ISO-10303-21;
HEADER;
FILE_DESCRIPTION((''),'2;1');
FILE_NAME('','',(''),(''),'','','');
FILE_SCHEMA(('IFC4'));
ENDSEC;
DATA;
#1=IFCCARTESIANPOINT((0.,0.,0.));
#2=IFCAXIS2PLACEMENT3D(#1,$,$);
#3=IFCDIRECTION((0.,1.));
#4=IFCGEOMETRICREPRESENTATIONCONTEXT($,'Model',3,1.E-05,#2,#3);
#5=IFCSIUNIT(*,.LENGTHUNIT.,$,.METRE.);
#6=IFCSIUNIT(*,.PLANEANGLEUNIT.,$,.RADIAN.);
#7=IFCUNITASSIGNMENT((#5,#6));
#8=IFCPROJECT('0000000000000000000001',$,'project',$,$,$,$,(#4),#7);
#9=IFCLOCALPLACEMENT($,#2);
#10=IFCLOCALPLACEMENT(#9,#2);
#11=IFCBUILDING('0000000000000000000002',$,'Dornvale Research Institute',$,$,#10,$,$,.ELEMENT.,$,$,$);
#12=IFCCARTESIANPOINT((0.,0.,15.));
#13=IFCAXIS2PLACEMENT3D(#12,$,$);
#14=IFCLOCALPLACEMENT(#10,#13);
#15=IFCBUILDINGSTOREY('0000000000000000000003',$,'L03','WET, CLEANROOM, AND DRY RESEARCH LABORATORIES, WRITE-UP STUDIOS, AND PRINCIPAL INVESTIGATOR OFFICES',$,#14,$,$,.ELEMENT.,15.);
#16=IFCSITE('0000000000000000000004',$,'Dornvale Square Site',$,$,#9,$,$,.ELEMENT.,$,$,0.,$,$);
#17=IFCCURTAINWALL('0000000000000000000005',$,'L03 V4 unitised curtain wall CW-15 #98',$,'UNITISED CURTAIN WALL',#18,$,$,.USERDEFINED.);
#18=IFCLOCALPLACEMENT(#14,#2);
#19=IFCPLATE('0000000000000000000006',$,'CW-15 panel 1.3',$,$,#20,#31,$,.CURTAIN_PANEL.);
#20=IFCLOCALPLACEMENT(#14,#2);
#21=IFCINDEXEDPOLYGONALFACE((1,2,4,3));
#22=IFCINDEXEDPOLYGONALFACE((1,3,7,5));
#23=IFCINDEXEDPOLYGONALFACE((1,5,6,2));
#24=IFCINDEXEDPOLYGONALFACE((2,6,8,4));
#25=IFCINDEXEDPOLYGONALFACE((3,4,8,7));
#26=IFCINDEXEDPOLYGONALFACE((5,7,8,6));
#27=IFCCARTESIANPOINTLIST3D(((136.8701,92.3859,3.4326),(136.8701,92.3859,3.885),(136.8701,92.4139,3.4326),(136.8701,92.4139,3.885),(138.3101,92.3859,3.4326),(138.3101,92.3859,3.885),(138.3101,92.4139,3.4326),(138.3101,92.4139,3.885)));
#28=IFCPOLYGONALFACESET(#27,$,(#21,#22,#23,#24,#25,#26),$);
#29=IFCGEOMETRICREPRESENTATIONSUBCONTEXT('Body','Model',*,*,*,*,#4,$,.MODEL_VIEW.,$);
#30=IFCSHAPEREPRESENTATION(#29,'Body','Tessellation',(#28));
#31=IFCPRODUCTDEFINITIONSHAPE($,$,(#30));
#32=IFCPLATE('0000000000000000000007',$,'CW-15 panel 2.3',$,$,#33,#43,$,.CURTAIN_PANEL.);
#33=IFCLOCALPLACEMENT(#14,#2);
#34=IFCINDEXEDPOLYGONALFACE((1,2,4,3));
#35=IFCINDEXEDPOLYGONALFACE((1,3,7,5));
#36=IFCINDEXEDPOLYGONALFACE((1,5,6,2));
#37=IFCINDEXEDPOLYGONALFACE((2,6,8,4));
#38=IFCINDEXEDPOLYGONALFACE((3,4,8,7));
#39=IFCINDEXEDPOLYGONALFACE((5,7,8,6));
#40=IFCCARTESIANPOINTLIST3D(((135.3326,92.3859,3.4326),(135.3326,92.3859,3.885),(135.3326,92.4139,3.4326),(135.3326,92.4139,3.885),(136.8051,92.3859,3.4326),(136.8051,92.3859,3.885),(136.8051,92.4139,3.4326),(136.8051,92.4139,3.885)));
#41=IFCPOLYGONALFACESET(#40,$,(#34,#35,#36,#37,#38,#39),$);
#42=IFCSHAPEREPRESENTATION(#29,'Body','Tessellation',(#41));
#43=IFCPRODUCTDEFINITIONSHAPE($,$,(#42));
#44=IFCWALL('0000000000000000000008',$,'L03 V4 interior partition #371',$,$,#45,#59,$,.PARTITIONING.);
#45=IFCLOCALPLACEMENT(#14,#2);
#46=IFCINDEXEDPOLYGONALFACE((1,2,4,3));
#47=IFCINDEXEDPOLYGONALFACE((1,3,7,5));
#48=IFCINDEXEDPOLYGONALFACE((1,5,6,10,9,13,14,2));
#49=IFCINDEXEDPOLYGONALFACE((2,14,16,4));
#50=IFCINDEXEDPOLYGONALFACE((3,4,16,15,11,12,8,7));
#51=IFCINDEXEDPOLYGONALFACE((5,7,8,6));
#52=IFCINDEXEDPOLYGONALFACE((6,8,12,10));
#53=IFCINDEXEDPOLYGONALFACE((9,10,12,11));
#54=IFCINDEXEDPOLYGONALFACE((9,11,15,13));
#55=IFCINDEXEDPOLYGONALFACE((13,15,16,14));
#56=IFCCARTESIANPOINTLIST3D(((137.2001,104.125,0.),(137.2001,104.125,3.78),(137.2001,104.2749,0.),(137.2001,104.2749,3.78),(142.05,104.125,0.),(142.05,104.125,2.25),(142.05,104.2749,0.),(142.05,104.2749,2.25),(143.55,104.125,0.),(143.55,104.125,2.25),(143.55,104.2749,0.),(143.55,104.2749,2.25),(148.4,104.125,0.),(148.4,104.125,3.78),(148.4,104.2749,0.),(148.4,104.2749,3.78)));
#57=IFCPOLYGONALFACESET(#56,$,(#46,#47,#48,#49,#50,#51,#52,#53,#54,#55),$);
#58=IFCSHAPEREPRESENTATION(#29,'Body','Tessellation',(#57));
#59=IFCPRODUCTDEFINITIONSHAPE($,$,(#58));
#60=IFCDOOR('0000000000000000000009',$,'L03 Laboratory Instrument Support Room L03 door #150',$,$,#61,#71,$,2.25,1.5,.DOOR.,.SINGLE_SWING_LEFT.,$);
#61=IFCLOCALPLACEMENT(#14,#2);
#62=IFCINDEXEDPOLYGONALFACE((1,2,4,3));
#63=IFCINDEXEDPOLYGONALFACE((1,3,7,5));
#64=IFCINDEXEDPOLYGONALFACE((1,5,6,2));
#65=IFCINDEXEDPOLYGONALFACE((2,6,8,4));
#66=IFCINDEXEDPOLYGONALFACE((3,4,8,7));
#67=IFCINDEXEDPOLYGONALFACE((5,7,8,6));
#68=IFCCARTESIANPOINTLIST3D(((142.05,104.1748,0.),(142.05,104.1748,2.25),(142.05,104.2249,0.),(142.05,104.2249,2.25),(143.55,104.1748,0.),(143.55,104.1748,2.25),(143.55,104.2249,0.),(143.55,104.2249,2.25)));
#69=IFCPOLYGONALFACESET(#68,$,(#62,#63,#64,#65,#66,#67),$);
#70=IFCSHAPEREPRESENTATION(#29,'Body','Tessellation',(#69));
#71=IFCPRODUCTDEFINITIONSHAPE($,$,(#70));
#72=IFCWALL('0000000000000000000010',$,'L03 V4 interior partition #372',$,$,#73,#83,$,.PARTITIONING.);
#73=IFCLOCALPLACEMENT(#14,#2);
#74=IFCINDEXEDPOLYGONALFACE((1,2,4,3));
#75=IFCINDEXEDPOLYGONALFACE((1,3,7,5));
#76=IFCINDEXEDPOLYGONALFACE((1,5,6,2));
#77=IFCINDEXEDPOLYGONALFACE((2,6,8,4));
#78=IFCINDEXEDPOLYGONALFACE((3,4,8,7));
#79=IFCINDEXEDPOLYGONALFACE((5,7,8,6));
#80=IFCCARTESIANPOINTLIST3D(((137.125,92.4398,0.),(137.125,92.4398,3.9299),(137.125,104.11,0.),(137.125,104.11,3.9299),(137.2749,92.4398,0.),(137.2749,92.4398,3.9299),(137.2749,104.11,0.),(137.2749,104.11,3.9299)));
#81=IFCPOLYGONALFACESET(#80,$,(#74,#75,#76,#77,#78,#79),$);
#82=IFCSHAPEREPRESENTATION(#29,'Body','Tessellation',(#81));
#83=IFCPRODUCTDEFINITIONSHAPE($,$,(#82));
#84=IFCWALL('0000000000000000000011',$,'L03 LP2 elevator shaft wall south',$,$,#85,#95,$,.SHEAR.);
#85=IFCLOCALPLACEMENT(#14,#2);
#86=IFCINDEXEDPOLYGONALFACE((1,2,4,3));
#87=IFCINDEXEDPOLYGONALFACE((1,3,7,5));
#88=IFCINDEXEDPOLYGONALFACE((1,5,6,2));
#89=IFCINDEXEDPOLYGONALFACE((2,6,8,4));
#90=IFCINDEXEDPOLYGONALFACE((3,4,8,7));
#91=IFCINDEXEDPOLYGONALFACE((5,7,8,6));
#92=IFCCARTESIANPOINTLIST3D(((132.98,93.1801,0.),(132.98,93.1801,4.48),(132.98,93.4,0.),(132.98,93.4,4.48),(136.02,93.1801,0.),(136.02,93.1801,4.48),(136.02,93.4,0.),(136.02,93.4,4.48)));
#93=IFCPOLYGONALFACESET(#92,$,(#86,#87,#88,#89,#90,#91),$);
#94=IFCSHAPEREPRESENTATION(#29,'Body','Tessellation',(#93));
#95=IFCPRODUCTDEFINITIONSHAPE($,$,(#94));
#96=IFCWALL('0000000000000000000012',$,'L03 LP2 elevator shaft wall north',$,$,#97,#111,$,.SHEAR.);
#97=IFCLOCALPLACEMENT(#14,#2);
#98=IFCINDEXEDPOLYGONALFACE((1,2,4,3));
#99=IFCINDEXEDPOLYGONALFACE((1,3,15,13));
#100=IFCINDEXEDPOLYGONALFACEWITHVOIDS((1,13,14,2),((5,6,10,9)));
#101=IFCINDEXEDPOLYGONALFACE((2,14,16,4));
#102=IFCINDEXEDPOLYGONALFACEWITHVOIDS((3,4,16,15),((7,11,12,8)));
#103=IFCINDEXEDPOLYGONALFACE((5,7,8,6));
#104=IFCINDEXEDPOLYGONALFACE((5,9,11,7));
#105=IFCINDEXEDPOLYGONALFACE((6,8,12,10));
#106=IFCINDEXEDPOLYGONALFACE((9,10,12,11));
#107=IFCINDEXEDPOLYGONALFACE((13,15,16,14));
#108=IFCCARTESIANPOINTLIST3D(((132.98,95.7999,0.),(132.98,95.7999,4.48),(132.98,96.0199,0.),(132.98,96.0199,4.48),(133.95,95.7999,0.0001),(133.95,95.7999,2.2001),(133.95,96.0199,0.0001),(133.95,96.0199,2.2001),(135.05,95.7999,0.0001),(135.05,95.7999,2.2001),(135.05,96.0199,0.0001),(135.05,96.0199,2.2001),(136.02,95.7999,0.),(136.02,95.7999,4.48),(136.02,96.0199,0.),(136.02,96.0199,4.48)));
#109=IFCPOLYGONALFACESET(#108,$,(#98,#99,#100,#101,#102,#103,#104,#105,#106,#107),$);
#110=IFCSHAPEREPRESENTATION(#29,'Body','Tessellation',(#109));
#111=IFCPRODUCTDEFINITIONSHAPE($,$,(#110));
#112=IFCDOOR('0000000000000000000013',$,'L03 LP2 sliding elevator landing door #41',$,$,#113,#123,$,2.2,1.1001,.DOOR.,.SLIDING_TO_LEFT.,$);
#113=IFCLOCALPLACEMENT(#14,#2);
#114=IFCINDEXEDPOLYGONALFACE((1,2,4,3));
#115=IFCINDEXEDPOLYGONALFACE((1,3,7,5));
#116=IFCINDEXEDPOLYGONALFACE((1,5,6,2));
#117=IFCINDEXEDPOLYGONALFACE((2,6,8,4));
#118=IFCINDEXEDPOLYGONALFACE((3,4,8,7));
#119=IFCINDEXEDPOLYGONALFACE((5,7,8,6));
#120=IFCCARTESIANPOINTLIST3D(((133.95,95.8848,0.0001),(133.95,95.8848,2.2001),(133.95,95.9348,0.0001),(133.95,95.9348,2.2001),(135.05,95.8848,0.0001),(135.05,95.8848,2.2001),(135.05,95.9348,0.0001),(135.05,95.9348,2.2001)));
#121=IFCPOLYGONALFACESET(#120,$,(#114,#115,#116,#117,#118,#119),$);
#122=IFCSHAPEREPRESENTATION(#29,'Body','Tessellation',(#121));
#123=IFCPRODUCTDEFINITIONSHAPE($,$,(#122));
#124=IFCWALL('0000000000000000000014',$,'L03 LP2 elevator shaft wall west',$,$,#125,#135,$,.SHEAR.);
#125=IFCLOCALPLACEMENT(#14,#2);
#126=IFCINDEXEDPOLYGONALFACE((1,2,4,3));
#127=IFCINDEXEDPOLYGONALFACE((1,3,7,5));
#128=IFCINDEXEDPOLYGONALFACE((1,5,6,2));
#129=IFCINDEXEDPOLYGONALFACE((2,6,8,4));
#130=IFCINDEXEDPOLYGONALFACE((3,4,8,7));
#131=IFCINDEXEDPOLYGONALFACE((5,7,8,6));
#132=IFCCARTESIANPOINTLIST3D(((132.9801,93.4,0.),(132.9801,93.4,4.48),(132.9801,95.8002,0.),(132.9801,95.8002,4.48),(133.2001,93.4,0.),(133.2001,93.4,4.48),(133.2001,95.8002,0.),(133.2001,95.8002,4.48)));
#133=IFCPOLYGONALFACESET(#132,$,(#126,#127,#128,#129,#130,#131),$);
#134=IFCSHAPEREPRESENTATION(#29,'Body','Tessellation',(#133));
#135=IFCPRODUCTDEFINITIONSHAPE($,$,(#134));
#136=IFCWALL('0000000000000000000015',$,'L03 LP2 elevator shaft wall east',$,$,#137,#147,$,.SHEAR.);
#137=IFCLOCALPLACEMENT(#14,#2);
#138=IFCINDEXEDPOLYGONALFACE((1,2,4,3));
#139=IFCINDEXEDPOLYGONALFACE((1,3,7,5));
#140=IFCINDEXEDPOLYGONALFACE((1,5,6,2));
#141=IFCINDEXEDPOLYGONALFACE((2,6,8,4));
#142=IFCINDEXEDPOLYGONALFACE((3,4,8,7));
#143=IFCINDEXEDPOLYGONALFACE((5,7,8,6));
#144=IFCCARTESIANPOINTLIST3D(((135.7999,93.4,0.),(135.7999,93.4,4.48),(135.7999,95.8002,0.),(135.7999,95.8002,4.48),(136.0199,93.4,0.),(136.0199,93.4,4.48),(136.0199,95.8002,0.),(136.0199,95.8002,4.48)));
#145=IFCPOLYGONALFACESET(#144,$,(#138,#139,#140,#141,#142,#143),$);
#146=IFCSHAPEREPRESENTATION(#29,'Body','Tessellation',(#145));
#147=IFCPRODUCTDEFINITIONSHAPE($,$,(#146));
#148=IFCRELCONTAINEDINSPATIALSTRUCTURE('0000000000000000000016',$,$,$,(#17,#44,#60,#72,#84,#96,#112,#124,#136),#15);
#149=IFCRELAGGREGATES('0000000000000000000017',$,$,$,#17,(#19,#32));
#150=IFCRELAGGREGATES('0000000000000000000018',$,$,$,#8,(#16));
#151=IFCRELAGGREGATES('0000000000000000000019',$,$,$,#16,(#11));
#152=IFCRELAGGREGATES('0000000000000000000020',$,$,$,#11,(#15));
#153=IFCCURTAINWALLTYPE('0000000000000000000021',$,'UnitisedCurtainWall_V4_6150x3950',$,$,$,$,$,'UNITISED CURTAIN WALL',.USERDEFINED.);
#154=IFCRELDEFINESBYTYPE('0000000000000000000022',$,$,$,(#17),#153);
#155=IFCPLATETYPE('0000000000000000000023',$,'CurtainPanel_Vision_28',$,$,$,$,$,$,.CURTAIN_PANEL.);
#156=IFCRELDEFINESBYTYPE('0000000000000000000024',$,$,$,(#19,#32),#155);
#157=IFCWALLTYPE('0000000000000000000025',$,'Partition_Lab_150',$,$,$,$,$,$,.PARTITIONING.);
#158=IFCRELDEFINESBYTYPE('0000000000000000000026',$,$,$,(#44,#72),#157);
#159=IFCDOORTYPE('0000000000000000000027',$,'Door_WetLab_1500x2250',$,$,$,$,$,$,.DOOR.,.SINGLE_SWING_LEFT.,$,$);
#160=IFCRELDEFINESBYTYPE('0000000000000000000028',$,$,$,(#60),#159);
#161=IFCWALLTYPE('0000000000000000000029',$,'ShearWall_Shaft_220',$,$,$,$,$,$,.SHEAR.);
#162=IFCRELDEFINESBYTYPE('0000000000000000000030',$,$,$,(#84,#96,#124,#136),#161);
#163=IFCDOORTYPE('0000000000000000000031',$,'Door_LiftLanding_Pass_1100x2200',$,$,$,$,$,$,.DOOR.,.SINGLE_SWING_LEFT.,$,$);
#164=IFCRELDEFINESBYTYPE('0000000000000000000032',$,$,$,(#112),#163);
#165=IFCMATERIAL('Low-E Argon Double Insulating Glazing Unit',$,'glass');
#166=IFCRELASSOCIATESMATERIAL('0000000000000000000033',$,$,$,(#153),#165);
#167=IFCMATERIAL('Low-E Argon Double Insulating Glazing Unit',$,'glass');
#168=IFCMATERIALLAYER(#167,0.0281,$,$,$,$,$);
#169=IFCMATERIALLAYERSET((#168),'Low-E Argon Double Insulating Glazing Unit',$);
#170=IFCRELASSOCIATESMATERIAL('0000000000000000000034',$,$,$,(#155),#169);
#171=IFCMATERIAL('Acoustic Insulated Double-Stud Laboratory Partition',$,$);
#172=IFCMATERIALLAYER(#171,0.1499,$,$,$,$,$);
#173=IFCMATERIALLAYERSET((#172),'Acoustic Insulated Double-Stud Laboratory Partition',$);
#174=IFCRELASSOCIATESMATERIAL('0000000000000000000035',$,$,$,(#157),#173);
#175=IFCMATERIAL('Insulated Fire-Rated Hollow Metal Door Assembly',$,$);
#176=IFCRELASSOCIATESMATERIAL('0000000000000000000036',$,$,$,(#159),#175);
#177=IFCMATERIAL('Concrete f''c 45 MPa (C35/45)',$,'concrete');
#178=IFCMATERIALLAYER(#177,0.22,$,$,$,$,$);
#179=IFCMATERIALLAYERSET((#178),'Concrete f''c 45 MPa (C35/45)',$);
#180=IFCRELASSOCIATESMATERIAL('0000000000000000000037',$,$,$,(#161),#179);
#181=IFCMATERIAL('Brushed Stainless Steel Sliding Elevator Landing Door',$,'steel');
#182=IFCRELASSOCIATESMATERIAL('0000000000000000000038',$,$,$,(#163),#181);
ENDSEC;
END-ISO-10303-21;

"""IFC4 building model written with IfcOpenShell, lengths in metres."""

from ifc_helpers import new_model, si_unit, direction, frame, frame_2d, origin, origin_2d, place, context, subcontext, project, spatial, rectangle, extrude, material, layer, layer_set, type_object, element, fill, aggregate, save


model = new_model("IFC4")

# Units and contexts
model_context = context("Model", 3, precision=1e-05, world=origin(), true_north=direction((0.0, 1.0)))
body_context = subcontext(model_context, "Body", "Model", "MODEL_VIEW")
ifc_project = project(units=[si_unit("LENGTHUNIT", "METRE"), si_unit("PLANEANGLEUNIT", "RADIAN")], contexts=[model_context])

# Site, building, storey
site_placement = place(None, origin())
site = spatial("IfcSite", under=ifc_project, at=site_placement, Name="Dornvale Square Site", CompositionType="ELEMENT", RefElevation=0.0)
building_placement = place(site_placement, origin())
building = spatial("IfcBuilding", under=site, at=building_placement, Name="Dornvale Research Institute", CompositionType="ELEMENT")
storey_placement = place(building_placement, frame((0.0, 0.0, 15.0)))
storey = spatial("IfcBuildingStorey", under=building, at=storey_placement, Name="L03", Description="WET, CLEANROOM, AND DRY RESEARCH LABORATORIES, WRITE-UP STUDIOS, AND PRINCIPAL INVESTIGATOR OFFICES", CompositionType="ELEMENT", Elevation=15.0)

# Curtain wall, plates
ifc_material_1 = material(Name="Low-E Argon Double Insulating Glazing Unit", Category="glass")
curtain_wall_type = type_object("IfcCurtainWallType", Name="UnitisedCurtainWall_V4_6150x3950", ElementType="UNITISED CURTAIN WALL", PredefinedType="USERDEFINED", material=ifc_material_1)
curtain_wall_placement = place(storey_placement, origin())
curtain_wall = element("IfcCurtainWall", 1, at=curtain_wall_placement, inside=storey, type_object=curtain_wall_type, Name="L03 V4 unitised curtain wall CW-15 #98", ObjectType="UNITISED CURTAIN WALL", PredefinedType="USERDEFINED")
ifc_material_2 = material(Name="Low-E Argon Double Insulating Glazing Unit", Category="glass")
ifc_layer_1 = layer(ifc_material_2, 0.0281)
ifc_layer_set_1 = layer_set([ifc_layer_1], Name="Low-E Argon Double Insulating Glazing Unit")
plate_type_1 = type_object("IfcPlateType", Name="CurtainPanel_Vision_28", PredefinedType="CURTAIN_PANEL", material=ifc_layer_set_1)
plate_1_placement = place(storey_placement, frame((137.5901, 92.3999, 3.4326), z_axis=(0.0, 0.0, 1.0), x_axis=(-1.0, 0.0, 0.0)))
plate_1 = element("IfcPlate", 2, at=plate_1_placement, type_object=plate_type_1, Name="CW-15 panel 1.3", PredefinedType="CURTAIN_PANEL", context=body_context, shape_type="SweptSolid", body=[
    extrude(rectangle(XDim=1.4399, YDim=0.0281, at=origin_2d()), origin(), (0.0, 0.0, 1.0), 0.4524),
])
plate_2_placement = place(storey_placement, frame((136.0688, 92.3999, 3.4326), z_axis=(0.0, 0.0, 1.0), x_axis=(-1.0, 0.0, 0.0)))
plate_2 = element("IfcPlate", 3, at=plate_2_placement, type_object=plate_type_1, Name="CW-15 panel 2.3", PredefinedType="CURTAIN_PANEL", context=body_context, shape_type="SweptSolid", body=[
    extrude(rectangle(XDim=1.4724, YDim=0.0281, at=origin_2d()), origin(), (0.0, 0.0, 1.0), 0.4524),
])
aggregate(curtain_wall, [plate_1, plate_2])

# Wall, opening, door
ifc_material_3 = material(Name="Acoustic Insulated Double-Stud Laboratory Partition")
ifc_layer_2 = layer(ifc_material_3, 0.1499)
ifc_layer_set_2 = layer_set([ifc_layer_2], Name="Acoustic Insulated Double-Stud Laboratory Partition")
wall_type_1 = type_object("IfcWallType", Name="Partition_Lab_150", PredefinedType="PARTITIONING", material=ifc_layer_set_2)
wall_1_placement = place(storey_placement, frame((137.2, 104.2, 0.0), z_axis=(0.0, 0.0, 1.0), x_axis=(1.0, 0.0, 0.0)))
wall_1 = element("IfcWall", 4, at=wall_1_placement, inside=storey, type_object=wall_type_1, Name="L03 V4 interior partition #371", PredefinedType="PARTITIONING", context=body_context, shape_type="SweptSolid", body=[
    extrude(rectangle(XDim=11.2, YDim=0.1499, at=frame_2d((5.6001, 0.0))), origin(), (0.0, 0.0, 1.0), 3.78),
])
opening_1_placement = place(wall_1_placement, frame((4.8501, 0.0, 0.0)))
opening_1 = element("IfcOpeningElement", 5, at=opening_1_placement, cuts=wall_1, PredefinedType="OPENING", context=body_context, shape_type="SweptSolid", body=[
    extrude(rectangle(XDim=1.5, YDim=2.25, at=frame_2d((0.75, 1.125))), frame((0.0, 0.0898, 0.0), z_axis=(0.0, -1.0, 0.0), x_axis=(1.0, 0.0, 0.0)), (0.0, 0.0, 1.0), 0.1799),
])
ifc_material_4 = material(Name="Insulated Fire-Rated Hollow Metal Door Assembly")
door_type_1 = type_object("IfcDoorType", Name="Door_WetLab_1500x2250", OperationType="SINGLE_SWING_LEFT", PredefinedType="DOOR", material=ifc_material_4)
door_1_placement = place(opening_1_placement, origin())
door_1 = element("IfcDoor", 6, at=door_1_placement, inside=storey, type_object=door_type_1, Name="L03 Laboratory Instrument Support Room L03 door #150", OperationType="SINGLE_SWING_LEFT", OverallHeight=2.25, OverallWidth=1.5, PredefinedType="DOOR", context=body_context, shape_type="SweptSolid", body=[
    extrude(rectangle(XDim=1.5, YDim=2.25, at=frame_2d((0.75, 1.125))), frame((0.0, 0.0249, 0.0), z_axis=(0.0, -1.0, 0.0), x_axis=(1.0, 0.0, 0.0)), (0.0, 0.0, 1.0), 0.05),
])
fill(opening_1, door_1)

# Walls
wall_2_placement = place(storey_placement, frame((137.2, 92.4399, 0.0), z_axis=(0.0, 0.0, 1.0), x_axis=(0.0, 1.0, 0.0)))
element("IfcWall", 7, at=wall_2_placement, inside=storey, type_object=wall_type_1, Name="L03 V4 interior partition #372", PredefinedType="PARTITIONING", context=body_context, shape_type="SweptSolid", body=[
    extrude(rectangle(XDim=11.6702, YDim=0.1499, at=frame_2d((5.835, 0.0))), origin(), (0.0, 0.0, 1.0), 3.9299),
])
ifc_material_5 = material(Name="Concrete f'c 45 MPa (C35/45)", Category="concrete")
ifc_layer_3 = layer(ifc_material_5, 0.22)
ifc_layer_set_3 = layer_set([ifc_layer_3], Name="Concrete f'c 45 MPa (C35/45)")
wall_type_2 = type_object("IfcWallType", Name="ShearWall_Shaft_220", PredefinedType="SHEAR", material=ifc_layer_set_3)
wall_3_placement = place(storey_placement, frame((132.98, 93.29, 0.0), z_axis=(0.0, 0.0, 1.0), x_axis=(1.0, 0.0, 0.0)))
element("IfcWall", 8, at=wall_3_placement, inside=storey, type_object=wall_type_2, Name="L03 LP2 elevator shaft wall south", PredefinedType="SHEAR", context=body_context, shape_type="SweptSolid", body=[
    extrude(rectangle(XDim=3.04, YDim=0.22, at=frame_2d((1.52, 0.0))), origin(), (0.0, 0.0, 1.0), 4.48),
])

# Wall, opening, door
wall_4_placement = place(storey_placement, frame((132.98, 95.9099, 0.0), z_axis=(0.0, 0.0, 1.0), x_axis=(1.0, 0.0, 0.0)))
wall_4 = element("IfcWall", 9, at=wall_4_placement, inside=storey, type_object=wall_type_2, Name="L03 LP2 elevator shaft wall north", PredefinedType="SHEAR", context=body_context, shape_type="SweptSolid", body=[
    extrude(rectangle(XDim=3.04, YDim=0.22, at=frame_2d((1.52, 0.0))), origin(), (0.0, 0.0, 1.0), 4.48),
])
opening_2_placement = place(wall_4_placement, frame((0.97, 0.0, 0.0)))
opening_2 = element("IfcOpeningElement", 10, at=opening_2_placement, cuts=wall_4, PredefinedType="OPENING", context=body_context, shape_type="SweptSolid", body=[
    extrude(rectangle(XDim=1.1001, YDim=2.2, at=frame_2d((0.55, 1.1001))), frame((0.0, 0.125, 0.0), z_axis=(0.0, -1.0, 0.0), x_axis=(1.0, 0.0, 0.0)), (0.0, 0.0, 1.0), 0.25),
])
ifc_material_6 = material(Name="Brushed Stainless Steel Sliding Elevator Landing Door", Category="steel")
door_type_2 = type_object("IfcDoorType", Name="Door_LiftLanding_Pass_1100x2200", OperationType="SINGLE_SWING_LEFT", PredefinedType="DOOR", material=ifc_material_6)
door_2_placement = place(opening_2_placement, origin())
door_2 = element("IfcDoor", 11, at=door_2_placement, inside=storey, type_object=door_type_2, Name="L03 LP2 sliding elevator landing door #41", OperationType="SLIDING_TO_LEFT", OverallHeight=2.2, OverallWidth=1.1001, PredefinedType="DOOR", context=body_context, shape_type="SweptSolid", body=[
    extrude(rectangle(XDim=1.1001, YDim=2.2, at=frame_2d((0.55, 1.1001))), frame((0.0, 0.0249, 0.0), z_axis=(0.0, -1.0, 0.0), x_axis=(1.0, 0.0, 0.0)), (0.0, 0.0, 1.0), 0.05),
])
fill(opening_2, door_2)

# Walls
for number, where, z_axis, x_axis, name in (
    (12, (133.0901, 93.3999, 0.0), (0.0, 0.0, 1.0), (0.0, 1.0, 0.0), "L03 LP2 elevator shaft wall west"),
    (13, (135.9099, 93.3999, 0.0), (0.0, 0.0, 1.0), (0.0, 1.0, 0.0), "L03 LP2 elevator shaft wall east"),
):
    element("IfcWall", number, at=place(storey_placement, frame(where, z_axis=z_axis, x_axis=x_axis)), inside=storey, type_object=wall_type_2, Name=name, PredefinedType="SHEAR", context=body_context, shape_type="SweptSolid", body=[
        extrude(rectangle(XDim=2.4001, YDim=0.22, at=frame_2d((1.2002, 0.0))), origin(), (0.0, 0.0, 1.0), 4.48),
    ])

save(model, "model.ifc")
